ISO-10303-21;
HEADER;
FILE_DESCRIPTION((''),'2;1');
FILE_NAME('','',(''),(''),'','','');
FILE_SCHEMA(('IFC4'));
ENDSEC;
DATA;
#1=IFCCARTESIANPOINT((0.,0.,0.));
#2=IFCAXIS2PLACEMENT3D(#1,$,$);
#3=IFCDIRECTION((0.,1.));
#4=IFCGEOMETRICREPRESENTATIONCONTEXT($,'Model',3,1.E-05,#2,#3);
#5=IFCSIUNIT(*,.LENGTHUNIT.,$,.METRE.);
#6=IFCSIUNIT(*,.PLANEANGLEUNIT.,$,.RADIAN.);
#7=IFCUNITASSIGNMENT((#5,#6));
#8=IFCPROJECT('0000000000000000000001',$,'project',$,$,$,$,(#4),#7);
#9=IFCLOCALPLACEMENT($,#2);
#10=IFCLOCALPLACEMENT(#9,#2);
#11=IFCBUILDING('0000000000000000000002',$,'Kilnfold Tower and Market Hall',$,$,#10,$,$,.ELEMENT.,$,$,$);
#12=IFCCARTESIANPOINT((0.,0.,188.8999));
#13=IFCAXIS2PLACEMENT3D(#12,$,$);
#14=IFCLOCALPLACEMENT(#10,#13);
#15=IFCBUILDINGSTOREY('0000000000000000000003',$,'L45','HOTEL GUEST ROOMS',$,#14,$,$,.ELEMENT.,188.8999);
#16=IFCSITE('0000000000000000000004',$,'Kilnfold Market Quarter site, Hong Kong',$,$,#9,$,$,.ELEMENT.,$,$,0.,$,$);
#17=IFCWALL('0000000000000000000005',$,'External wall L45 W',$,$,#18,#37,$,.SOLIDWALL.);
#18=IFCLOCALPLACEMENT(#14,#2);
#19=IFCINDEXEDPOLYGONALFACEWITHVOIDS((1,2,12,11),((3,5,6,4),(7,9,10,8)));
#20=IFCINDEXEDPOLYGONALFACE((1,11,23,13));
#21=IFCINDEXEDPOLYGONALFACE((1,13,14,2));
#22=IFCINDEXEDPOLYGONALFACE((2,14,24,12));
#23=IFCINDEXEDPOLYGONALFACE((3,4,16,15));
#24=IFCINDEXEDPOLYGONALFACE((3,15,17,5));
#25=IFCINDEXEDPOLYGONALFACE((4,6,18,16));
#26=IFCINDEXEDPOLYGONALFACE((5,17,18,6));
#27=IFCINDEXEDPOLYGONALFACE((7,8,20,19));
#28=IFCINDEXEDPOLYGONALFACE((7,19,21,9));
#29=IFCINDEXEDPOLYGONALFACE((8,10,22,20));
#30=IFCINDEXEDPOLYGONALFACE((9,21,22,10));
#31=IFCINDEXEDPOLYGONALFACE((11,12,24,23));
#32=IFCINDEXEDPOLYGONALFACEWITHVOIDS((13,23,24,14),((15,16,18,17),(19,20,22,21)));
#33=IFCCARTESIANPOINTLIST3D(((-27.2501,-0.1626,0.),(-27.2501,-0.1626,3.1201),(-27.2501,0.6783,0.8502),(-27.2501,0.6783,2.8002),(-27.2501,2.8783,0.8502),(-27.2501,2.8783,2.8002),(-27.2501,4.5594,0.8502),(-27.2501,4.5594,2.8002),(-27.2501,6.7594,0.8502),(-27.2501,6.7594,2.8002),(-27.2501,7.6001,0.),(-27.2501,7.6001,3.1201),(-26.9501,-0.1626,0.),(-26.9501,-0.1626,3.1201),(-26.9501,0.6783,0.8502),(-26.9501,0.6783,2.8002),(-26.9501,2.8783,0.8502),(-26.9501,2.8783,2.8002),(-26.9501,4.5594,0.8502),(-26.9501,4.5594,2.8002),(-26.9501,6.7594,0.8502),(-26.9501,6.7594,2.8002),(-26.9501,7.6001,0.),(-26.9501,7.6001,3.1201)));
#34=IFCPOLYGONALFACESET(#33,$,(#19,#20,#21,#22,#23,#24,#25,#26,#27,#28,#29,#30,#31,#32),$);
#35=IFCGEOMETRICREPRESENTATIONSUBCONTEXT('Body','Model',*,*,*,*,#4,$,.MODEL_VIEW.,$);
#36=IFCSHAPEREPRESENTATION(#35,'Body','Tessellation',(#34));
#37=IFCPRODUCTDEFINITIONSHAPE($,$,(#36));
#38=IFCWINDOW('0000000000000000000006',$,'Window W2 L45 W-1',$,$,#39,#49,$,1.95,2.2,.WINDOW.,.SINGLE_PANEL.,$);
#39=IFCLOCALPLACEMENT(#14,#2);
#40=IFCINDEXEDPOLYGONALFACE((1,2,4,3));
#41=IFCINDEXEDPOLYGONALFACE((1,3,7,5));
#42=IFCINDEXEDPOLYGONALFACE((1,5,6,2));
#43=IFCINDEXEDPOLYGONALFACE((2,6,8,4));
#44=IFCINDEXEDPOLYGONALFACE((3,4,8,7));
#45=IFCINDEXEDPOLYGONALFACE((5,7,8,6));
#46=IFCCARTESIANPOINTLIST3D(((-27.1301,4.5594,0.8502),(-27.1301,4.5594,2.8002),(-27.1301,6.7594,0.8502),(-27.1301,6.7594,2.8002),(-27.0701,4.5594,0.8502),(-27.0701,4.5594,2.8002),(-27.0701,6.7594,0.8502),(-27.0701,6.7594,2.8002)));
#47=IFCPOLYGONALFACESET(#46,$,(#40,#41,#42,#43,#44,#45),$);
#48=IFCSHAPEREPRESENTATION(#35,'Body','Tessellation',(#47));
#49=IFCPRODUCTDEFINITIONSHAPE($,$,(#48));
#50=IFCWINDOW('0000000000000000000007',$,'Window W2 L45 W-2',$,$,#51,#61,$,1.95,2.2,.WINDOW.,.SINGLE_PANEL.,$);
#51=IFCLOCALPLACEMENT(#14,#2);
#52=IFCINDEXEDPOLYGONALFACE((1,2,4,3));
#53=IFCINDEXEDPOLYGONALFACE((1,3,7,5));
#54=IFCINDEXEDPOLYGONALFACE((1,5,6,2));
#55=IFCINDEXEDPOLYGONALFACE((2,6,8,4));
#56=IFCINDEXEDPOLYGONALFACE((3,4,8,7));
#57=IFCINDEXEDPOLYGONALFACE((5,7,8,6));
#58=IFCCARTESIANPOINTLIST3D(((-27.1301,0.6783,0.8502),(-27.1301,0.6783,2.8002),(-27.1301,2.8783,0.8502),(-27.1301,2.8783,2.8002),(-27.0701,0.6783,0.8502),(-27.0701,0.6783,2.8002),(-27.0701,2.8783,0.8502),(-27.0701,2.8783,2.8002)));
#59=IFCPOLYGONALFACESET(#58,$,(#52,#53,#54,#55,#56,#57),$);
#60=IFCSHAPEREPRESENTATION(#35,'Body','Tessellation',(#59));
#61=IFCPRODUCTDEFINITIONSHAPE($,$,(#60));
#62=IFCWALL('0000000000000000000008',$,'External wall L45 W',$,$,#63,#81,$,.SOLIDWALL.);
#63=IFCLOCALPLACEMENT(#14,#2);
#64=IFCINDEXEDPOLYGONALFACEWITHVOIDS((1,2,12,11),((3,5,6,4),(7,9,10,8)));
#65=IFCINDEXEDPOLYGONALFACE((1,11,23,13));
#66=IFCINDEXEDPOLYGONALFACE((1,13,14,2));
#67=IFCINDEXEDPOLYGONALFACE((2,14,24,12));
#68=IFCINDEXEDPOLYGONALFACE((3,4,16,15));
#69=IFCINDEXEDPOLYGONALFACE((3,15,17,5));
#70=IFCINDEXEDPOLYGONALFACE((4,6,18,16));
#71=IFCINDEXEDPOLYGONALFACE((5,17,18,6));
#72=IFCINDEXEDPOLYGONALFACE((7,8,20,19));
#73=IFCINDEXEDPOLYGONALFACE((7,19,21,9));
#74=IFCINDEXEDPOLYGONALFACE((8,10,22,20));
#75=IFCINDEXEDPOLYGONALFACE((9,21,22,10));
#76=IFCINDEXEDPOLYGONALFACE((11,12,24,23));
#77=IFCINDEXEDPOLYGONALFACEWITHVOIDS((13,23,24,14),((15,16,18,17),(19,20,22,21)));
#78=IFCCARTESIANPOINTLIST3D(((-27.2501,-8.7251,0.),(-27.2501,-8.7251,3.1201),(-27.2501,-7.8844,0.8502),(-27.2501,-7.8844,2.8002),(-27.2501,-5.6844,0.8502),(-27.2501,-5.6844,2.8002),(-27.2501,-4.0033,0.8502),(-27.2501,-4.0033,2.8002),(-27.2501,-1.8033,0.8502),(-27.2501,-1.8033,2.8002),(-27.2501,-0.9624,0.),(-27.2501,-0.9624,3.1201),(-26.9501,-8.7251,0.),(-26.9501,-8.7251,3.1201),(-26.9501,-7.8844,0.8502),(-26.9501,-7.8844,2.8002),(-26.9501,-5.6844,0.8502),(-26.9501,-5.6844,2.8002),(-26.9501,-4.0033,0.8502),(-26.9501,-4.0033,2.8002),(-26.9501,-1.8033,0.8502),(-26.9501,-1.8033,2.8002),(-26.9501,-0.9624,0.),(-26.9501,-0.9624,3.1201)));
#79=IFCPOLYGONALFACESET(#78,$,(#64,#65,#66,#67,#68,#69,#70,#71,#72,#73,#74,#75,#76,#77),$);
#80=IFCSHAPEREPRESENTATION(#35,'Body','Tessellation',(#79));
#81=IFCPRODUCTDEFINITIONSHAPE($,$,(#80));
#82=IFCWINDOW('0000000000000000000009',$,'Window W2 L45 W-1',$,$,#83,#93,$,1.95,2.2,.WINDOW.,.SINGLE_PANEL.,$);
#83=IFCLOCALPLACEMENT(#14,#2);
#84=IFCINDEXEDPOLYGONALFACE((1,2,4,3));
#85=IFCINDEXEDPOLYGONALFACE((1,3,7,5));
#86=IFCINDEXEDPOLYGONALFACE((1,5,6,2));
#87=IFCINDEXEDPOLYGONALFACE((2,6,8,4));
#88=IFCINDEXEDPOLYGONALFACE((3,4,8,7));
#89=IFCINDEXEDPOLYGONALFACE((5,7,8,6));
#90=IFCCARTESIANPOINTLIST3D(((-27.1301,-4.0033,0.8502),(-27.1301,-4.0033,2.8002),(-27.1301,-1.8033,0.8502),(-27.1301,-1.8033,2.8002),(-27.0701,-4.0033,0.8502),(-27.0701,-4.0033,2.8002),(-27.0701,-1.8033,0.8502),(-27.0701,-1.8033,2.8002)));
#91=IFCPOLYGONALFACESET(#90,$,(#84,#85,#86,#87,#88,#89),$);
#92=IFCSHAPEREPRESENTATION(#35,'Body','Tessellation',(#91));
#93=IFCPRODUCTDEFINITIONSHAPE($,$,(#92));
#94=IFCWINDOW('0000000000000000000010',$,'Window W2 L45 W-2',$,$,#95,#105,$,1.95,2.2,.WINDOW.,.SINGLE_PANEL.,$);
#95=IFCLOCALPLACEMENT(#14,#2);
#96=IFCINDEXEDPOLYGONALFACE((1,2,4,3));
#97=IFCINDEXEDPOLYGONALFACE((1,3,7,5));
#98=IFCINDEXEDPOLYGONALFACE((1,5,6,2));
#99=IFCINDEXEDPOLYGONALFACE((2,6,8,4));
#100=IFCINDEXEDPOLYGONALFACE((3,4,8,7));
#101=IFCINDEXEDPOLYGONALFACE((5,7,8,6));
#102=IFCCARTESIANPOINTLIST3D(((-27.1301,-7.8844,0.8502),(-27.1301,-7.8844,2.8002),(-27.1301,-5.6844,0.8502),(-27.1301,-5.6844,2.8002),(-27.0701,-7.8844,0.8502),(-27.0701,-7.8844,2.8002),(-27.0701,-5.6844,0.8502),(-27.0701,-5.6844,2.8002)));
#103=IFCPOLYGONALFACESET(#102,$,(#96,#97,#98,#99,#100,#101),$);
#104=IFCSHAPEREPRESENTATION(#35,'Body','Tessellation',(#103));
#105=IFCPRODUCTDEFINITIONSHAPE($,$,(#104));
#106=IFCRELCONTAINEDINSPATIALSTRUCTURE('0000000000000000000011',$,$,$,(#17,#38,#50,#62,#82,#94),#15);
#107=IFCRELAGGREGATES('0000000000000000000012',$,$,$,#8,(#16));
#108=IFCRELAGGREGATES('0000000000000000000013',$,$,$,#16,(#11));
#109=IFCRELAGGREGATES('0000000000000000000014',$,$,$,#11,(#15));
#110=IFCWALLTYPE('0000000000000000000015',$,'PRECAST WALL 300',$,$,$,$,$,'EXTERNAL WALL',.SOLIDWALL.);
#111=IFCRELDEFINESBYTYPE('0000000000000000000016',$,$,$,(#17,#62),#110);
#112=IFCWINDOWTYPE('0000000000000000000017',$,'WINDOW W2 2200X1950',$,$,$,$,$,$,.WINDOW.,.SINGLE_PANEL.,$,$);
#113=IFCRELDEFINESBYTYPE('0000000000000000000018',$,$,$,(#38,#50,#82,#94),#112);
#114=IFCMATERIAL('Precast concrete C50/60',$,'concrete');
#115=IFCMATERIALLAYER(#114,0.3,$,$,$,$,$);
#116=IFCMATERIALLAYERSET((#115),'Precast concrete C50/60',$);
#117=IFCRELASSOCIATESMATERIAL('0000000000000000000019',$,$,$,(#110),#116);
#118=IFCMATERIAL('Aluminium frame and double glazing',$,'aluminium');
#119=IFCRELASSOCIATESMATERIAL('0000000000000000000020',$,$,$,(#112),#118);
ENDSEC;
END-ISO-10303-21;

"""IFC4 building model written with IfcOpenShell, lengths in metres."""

from ifc_helpers import new_model, si_unit, direction, frame, frame_2d, origin, place, context, subcontext, project, spatial, rectangle, extrude, source, transform, mapped, material, layer, layer_set, type_object, element, fill, save


model = new_model("IFC4")

# Units and contexts
model_context = context("Model", 3, precision=1e-05, world=origin(), true_north=direction((0.0, 1.0)))
body_context = subcontext(model_context, "Body", "Model", "MODEL_VIEW")
ifc_project = project(units=[si_unit("LENGTHUNIT", "METRE"), si_unit("PLANEANGLEUNIT", "RADIAN")], contexts=[model_context])

# Site, building, storey
site_placement = place(None, origin())
site = spatial("IfcSite", under=ifc_project, at=site_placement, Name="Kilnfold Market Quarter site, Hong Kong", CompositionType="ELEMENT", RefElevation=0.0)
building_placement = place(site_placement, origin())
building = spatial("IfcBuilding", under=site, at=building_placement, Name="Kilnfold Tower and Market Hall", CompositionType="ELEMENT")
storey_placement = place(building_placement, frame((0.0, 0.0, 188.8999)))
storey = spatial("IfcBuildingStorey", under=building, at=storey_placement, Name="L45", Description="HOTEL GUEST ROOMS", CompositionType="ELEMENT", Elevation=188.8999)

# Walls, openings, windows
ifc_material_1 = material(Name="Precast concrete C50/60", Category="concrete")
ifc_layer_1 = layer(ifc_material_1, 0.3)
ifc_layer_set_1 = layer_set([ifc_layer_1], Name="Precast concrete C50/60")
wall_type_1 = type_object("IfcWallType", Name="PRECAST WALL 300", ElementType="EXTERNAL WALL", PredefinedType="SOLIDWALL", material=ifc_layer_set_1)
shared_shape_1 = source(origin(), body_context, "Body", "SweptSolid", [
    extrude(rectangle(XDim=7.7627, YDim=0.3, at=frame_2d((3.8813, 0.0))), origin(), (0.0, 0.0, 1.0), 3.1201),
])
wall_1_placement = place(storey_placement, frame((-27.1001, 7.6001, 0.0), z_axis=(0.0, 0.0, 1.0), x_axis=(0.0, -1.0, 0.0)))
wall_1 = element("IfcWall", 1, at=wall_1_placement, inside=storey, type_object=wall_type_1, Name="External wall L45 W", PredefinedType="SOLIDWALL", context=body_context, shape_type="MappedRepresentation", body=[
    mapped(shared_shape_1, transform((0.0, 0.0, 0.0))),
])
opening_1_placement = place(wall_1_placement, frame((0.8406, 0.0, 0.8501)))
opening_1 = element("IfcOpeningElement", 2, at=opening_1_placement, cuts=wall_1, PredefinedType="OPENING", context=body_context, shape_type="SweptSolid", body=[
    extrude(rectangle(XDim=2.2, YDim=1.95, at=frame_2d((1.1001, 0.9751))), frame((0.0, 0.1602, 0.0), z_axis=(0.0, -1.0, 0.0), x_axis=(1.0, 0.0, 0.0)), (0.0, 0.0, 1.0), 0.3201),
])
opening_2_placement = place(wall_1_placement, frame((4.7217, 0.0, 0.8501)))
opening_2 = element("IfcOpeningElement", 3, at=opening_2_placement, cuts=wall_1, PredefinedType="OPENING", context=body_context, shape_type="SweptSolid", body=[
    extrude(rectangle(XDim=2.2, YDim=1.95, at=frame_2d((1.1001, 0.9751))), frame((0.0, 0.1602, 0.0), z_axis=(0.0, -1.0, 0.0), x_axis=(1.0, 0.0, 0.0)), (0.0, 0.0, 1.0), 0.3201),
])
ifc_material_2 = material(Name="Aluminium frame and double glazing", Category="aluminium")
window_type = type_object("IfcWindowType", Name="WINDOW W2 2200X1950", PartitioningType="SINGLE_PANEL", PredefinedType="WINDOW", material=ifc_material_2)
window_1_placement = place(opening_1_placement, origin())
window_1 = element("IfcWindow", 4, at=window_1_placement, inside=storey, type_object=window_type, Name="Window W2 L45 W-1", OverallHeight=1.95, OverallWidth=2.2, PartitioningType="SINGLE_PANEL", PredefinedType="WINDOW", context=body_context, shape_type="SweptSolid", body=[
    extrude(rectangle(XDim=2.2, YDim=1.95, at=frame_2d((1.1001, 0.9751))), frame((0.0, 0.03, 0.0), z_axis=(0.0, -1.0, 0.0), x_axis=(1.0, 0.0, 0.0)), (0.0, 0.0, 1.0), 0.0601),
])
fill(opening_1, window_1)
window_2_placement = place(opening_2_placement, origin())
window_2 = element("IfcWindow", 5, at=window_2_placement, inside=storey, type_object=window_type, Name="Window W2 L45 W-2", OverallHeight=1.95, OverallWidth=2.2, PartitioningType="SINGLE_PANEL", PredefinedType="WINDOW", context=body_context, shape_type="SweptSolid", body=[
    extrude(rectangle(XDim=2.2, YDim=1.95, at=frame_2d((1.1001, 0.9751))), frame((0.0, 0.03, 0.0), z_axis=(0.0, -1.0, 0.0), x_axis=(1.0, 0.0, 0.0)), (0.0, 0.0, 1.0), 0.0601),
])
fill(opening_2, window_2)
wall_2_placement = place(storey_placement, frame((-27.1001, -0.9624, 0.0), z_axis=(0.0, 0.0, 1.0), x_axis=(0.0, -1.0, 0.0)))
wall_2 = element("IfcWall", 6, at=wall_2_placement, inside=storey, type_object=wall_type_1, Name="External wall L45 W", PredefinedType="SOLIDWALL", context=body_context, shape_type="MappedRepresentation", body=[
    mapped(shared_shape_1, transform((0.0, 0.0, 0.0))),
])
opening_3_placement = place(wall_2_placement, frame((0.8408, 0.0, 0.8501)))
opening_3 = element("IfcOpeningElement", 7, at=opening_3_placement, cuts=wall_2, PredefinedType="OPENING", context=body_context, shape_type="SweptSolid", body=[
    extrude(rectangle(XDim=2.2, YDim=1.95, at=frame_2d((1.1001, 0.9751))), frame((0.0, 0.1602, 0.0), z_axis=(0.0, -1.0, 0.0), x_axis=(1.0, 0.0, 0.0)), (0.0, 0.0, 1.0), 0.3201),
])
opening_4_placement = place(wall_2_placement, frame((4.7219, 0.0, 0.8501)))
opening_4 = element("IfcOpeningElement", 8, at=opening_4_placement, cuts=wall_2, PredefinedType="OPENING", context=body_context, shape_type="SweptSolid", body=[
    extrude(rectangle(XDim=2.2, YDim=1.95, at=frame_2d((1.1001, 0.9751))), frame((0.0, 0.1602, 0.0), z_axis=(0.0, -1.0, 0.0), x_axis=(1.0, 0.0, 0.0)), (0.0, 0.0, 1.0), 0.3201),
])
window_3_placement = place(opening_3_placement, origin())
window_3 = element("IfcWindow", 9, at=window_3_placement, inside=storey, type_object=window_type, Name="Window W2 L45 W-1", OverallHeight=1.95, OverallWidth=2.2, PartitioningType="SINGLE_PANEL", PredefinedType="WINDOW", context=body_context, shape_type="SweptSolid", body=[
    extrude(rectangle(XDim=2.2, YDim=1.95, at=frame_2d((1.1001, 0.9751))), frame((0.0, 0.03, 0.0), z_axis=(0.0, -1.0, 0.0), x_axis=(1.0, 0.0, 0.0)), (0.0, 0.0, 1.0), 0.0601),
])
fill(opening_3, window_3)
window_4_placement = place(opening_4_placement, origin())
window_4 = element("IfcWindow", 10, at=window_4_placement, inside=storey, type_object=window_type, Name="Window W2 L45 W-2", OverallHeight=1.95, OverallWidth=2.2, PartitioningType="SINGLE_PANEL", PredefinedType="WINDOW", context=body_context, shape_type="SweptSolid", body=[
    extrude(rectangle(XDim=2.2, YDim=1.95, at=frame_2d((1.1001, 0.9751))), frame((0.0, 0.03, 0.0), z_axis=(0.0, -1.0, 0.0), x_axis=(1.0, 0.0, 0.0)), (0.0, 0.0, 1.0), 0.0601),
])
fill(opening_4, window_4)

save(model, "model.ifc")
